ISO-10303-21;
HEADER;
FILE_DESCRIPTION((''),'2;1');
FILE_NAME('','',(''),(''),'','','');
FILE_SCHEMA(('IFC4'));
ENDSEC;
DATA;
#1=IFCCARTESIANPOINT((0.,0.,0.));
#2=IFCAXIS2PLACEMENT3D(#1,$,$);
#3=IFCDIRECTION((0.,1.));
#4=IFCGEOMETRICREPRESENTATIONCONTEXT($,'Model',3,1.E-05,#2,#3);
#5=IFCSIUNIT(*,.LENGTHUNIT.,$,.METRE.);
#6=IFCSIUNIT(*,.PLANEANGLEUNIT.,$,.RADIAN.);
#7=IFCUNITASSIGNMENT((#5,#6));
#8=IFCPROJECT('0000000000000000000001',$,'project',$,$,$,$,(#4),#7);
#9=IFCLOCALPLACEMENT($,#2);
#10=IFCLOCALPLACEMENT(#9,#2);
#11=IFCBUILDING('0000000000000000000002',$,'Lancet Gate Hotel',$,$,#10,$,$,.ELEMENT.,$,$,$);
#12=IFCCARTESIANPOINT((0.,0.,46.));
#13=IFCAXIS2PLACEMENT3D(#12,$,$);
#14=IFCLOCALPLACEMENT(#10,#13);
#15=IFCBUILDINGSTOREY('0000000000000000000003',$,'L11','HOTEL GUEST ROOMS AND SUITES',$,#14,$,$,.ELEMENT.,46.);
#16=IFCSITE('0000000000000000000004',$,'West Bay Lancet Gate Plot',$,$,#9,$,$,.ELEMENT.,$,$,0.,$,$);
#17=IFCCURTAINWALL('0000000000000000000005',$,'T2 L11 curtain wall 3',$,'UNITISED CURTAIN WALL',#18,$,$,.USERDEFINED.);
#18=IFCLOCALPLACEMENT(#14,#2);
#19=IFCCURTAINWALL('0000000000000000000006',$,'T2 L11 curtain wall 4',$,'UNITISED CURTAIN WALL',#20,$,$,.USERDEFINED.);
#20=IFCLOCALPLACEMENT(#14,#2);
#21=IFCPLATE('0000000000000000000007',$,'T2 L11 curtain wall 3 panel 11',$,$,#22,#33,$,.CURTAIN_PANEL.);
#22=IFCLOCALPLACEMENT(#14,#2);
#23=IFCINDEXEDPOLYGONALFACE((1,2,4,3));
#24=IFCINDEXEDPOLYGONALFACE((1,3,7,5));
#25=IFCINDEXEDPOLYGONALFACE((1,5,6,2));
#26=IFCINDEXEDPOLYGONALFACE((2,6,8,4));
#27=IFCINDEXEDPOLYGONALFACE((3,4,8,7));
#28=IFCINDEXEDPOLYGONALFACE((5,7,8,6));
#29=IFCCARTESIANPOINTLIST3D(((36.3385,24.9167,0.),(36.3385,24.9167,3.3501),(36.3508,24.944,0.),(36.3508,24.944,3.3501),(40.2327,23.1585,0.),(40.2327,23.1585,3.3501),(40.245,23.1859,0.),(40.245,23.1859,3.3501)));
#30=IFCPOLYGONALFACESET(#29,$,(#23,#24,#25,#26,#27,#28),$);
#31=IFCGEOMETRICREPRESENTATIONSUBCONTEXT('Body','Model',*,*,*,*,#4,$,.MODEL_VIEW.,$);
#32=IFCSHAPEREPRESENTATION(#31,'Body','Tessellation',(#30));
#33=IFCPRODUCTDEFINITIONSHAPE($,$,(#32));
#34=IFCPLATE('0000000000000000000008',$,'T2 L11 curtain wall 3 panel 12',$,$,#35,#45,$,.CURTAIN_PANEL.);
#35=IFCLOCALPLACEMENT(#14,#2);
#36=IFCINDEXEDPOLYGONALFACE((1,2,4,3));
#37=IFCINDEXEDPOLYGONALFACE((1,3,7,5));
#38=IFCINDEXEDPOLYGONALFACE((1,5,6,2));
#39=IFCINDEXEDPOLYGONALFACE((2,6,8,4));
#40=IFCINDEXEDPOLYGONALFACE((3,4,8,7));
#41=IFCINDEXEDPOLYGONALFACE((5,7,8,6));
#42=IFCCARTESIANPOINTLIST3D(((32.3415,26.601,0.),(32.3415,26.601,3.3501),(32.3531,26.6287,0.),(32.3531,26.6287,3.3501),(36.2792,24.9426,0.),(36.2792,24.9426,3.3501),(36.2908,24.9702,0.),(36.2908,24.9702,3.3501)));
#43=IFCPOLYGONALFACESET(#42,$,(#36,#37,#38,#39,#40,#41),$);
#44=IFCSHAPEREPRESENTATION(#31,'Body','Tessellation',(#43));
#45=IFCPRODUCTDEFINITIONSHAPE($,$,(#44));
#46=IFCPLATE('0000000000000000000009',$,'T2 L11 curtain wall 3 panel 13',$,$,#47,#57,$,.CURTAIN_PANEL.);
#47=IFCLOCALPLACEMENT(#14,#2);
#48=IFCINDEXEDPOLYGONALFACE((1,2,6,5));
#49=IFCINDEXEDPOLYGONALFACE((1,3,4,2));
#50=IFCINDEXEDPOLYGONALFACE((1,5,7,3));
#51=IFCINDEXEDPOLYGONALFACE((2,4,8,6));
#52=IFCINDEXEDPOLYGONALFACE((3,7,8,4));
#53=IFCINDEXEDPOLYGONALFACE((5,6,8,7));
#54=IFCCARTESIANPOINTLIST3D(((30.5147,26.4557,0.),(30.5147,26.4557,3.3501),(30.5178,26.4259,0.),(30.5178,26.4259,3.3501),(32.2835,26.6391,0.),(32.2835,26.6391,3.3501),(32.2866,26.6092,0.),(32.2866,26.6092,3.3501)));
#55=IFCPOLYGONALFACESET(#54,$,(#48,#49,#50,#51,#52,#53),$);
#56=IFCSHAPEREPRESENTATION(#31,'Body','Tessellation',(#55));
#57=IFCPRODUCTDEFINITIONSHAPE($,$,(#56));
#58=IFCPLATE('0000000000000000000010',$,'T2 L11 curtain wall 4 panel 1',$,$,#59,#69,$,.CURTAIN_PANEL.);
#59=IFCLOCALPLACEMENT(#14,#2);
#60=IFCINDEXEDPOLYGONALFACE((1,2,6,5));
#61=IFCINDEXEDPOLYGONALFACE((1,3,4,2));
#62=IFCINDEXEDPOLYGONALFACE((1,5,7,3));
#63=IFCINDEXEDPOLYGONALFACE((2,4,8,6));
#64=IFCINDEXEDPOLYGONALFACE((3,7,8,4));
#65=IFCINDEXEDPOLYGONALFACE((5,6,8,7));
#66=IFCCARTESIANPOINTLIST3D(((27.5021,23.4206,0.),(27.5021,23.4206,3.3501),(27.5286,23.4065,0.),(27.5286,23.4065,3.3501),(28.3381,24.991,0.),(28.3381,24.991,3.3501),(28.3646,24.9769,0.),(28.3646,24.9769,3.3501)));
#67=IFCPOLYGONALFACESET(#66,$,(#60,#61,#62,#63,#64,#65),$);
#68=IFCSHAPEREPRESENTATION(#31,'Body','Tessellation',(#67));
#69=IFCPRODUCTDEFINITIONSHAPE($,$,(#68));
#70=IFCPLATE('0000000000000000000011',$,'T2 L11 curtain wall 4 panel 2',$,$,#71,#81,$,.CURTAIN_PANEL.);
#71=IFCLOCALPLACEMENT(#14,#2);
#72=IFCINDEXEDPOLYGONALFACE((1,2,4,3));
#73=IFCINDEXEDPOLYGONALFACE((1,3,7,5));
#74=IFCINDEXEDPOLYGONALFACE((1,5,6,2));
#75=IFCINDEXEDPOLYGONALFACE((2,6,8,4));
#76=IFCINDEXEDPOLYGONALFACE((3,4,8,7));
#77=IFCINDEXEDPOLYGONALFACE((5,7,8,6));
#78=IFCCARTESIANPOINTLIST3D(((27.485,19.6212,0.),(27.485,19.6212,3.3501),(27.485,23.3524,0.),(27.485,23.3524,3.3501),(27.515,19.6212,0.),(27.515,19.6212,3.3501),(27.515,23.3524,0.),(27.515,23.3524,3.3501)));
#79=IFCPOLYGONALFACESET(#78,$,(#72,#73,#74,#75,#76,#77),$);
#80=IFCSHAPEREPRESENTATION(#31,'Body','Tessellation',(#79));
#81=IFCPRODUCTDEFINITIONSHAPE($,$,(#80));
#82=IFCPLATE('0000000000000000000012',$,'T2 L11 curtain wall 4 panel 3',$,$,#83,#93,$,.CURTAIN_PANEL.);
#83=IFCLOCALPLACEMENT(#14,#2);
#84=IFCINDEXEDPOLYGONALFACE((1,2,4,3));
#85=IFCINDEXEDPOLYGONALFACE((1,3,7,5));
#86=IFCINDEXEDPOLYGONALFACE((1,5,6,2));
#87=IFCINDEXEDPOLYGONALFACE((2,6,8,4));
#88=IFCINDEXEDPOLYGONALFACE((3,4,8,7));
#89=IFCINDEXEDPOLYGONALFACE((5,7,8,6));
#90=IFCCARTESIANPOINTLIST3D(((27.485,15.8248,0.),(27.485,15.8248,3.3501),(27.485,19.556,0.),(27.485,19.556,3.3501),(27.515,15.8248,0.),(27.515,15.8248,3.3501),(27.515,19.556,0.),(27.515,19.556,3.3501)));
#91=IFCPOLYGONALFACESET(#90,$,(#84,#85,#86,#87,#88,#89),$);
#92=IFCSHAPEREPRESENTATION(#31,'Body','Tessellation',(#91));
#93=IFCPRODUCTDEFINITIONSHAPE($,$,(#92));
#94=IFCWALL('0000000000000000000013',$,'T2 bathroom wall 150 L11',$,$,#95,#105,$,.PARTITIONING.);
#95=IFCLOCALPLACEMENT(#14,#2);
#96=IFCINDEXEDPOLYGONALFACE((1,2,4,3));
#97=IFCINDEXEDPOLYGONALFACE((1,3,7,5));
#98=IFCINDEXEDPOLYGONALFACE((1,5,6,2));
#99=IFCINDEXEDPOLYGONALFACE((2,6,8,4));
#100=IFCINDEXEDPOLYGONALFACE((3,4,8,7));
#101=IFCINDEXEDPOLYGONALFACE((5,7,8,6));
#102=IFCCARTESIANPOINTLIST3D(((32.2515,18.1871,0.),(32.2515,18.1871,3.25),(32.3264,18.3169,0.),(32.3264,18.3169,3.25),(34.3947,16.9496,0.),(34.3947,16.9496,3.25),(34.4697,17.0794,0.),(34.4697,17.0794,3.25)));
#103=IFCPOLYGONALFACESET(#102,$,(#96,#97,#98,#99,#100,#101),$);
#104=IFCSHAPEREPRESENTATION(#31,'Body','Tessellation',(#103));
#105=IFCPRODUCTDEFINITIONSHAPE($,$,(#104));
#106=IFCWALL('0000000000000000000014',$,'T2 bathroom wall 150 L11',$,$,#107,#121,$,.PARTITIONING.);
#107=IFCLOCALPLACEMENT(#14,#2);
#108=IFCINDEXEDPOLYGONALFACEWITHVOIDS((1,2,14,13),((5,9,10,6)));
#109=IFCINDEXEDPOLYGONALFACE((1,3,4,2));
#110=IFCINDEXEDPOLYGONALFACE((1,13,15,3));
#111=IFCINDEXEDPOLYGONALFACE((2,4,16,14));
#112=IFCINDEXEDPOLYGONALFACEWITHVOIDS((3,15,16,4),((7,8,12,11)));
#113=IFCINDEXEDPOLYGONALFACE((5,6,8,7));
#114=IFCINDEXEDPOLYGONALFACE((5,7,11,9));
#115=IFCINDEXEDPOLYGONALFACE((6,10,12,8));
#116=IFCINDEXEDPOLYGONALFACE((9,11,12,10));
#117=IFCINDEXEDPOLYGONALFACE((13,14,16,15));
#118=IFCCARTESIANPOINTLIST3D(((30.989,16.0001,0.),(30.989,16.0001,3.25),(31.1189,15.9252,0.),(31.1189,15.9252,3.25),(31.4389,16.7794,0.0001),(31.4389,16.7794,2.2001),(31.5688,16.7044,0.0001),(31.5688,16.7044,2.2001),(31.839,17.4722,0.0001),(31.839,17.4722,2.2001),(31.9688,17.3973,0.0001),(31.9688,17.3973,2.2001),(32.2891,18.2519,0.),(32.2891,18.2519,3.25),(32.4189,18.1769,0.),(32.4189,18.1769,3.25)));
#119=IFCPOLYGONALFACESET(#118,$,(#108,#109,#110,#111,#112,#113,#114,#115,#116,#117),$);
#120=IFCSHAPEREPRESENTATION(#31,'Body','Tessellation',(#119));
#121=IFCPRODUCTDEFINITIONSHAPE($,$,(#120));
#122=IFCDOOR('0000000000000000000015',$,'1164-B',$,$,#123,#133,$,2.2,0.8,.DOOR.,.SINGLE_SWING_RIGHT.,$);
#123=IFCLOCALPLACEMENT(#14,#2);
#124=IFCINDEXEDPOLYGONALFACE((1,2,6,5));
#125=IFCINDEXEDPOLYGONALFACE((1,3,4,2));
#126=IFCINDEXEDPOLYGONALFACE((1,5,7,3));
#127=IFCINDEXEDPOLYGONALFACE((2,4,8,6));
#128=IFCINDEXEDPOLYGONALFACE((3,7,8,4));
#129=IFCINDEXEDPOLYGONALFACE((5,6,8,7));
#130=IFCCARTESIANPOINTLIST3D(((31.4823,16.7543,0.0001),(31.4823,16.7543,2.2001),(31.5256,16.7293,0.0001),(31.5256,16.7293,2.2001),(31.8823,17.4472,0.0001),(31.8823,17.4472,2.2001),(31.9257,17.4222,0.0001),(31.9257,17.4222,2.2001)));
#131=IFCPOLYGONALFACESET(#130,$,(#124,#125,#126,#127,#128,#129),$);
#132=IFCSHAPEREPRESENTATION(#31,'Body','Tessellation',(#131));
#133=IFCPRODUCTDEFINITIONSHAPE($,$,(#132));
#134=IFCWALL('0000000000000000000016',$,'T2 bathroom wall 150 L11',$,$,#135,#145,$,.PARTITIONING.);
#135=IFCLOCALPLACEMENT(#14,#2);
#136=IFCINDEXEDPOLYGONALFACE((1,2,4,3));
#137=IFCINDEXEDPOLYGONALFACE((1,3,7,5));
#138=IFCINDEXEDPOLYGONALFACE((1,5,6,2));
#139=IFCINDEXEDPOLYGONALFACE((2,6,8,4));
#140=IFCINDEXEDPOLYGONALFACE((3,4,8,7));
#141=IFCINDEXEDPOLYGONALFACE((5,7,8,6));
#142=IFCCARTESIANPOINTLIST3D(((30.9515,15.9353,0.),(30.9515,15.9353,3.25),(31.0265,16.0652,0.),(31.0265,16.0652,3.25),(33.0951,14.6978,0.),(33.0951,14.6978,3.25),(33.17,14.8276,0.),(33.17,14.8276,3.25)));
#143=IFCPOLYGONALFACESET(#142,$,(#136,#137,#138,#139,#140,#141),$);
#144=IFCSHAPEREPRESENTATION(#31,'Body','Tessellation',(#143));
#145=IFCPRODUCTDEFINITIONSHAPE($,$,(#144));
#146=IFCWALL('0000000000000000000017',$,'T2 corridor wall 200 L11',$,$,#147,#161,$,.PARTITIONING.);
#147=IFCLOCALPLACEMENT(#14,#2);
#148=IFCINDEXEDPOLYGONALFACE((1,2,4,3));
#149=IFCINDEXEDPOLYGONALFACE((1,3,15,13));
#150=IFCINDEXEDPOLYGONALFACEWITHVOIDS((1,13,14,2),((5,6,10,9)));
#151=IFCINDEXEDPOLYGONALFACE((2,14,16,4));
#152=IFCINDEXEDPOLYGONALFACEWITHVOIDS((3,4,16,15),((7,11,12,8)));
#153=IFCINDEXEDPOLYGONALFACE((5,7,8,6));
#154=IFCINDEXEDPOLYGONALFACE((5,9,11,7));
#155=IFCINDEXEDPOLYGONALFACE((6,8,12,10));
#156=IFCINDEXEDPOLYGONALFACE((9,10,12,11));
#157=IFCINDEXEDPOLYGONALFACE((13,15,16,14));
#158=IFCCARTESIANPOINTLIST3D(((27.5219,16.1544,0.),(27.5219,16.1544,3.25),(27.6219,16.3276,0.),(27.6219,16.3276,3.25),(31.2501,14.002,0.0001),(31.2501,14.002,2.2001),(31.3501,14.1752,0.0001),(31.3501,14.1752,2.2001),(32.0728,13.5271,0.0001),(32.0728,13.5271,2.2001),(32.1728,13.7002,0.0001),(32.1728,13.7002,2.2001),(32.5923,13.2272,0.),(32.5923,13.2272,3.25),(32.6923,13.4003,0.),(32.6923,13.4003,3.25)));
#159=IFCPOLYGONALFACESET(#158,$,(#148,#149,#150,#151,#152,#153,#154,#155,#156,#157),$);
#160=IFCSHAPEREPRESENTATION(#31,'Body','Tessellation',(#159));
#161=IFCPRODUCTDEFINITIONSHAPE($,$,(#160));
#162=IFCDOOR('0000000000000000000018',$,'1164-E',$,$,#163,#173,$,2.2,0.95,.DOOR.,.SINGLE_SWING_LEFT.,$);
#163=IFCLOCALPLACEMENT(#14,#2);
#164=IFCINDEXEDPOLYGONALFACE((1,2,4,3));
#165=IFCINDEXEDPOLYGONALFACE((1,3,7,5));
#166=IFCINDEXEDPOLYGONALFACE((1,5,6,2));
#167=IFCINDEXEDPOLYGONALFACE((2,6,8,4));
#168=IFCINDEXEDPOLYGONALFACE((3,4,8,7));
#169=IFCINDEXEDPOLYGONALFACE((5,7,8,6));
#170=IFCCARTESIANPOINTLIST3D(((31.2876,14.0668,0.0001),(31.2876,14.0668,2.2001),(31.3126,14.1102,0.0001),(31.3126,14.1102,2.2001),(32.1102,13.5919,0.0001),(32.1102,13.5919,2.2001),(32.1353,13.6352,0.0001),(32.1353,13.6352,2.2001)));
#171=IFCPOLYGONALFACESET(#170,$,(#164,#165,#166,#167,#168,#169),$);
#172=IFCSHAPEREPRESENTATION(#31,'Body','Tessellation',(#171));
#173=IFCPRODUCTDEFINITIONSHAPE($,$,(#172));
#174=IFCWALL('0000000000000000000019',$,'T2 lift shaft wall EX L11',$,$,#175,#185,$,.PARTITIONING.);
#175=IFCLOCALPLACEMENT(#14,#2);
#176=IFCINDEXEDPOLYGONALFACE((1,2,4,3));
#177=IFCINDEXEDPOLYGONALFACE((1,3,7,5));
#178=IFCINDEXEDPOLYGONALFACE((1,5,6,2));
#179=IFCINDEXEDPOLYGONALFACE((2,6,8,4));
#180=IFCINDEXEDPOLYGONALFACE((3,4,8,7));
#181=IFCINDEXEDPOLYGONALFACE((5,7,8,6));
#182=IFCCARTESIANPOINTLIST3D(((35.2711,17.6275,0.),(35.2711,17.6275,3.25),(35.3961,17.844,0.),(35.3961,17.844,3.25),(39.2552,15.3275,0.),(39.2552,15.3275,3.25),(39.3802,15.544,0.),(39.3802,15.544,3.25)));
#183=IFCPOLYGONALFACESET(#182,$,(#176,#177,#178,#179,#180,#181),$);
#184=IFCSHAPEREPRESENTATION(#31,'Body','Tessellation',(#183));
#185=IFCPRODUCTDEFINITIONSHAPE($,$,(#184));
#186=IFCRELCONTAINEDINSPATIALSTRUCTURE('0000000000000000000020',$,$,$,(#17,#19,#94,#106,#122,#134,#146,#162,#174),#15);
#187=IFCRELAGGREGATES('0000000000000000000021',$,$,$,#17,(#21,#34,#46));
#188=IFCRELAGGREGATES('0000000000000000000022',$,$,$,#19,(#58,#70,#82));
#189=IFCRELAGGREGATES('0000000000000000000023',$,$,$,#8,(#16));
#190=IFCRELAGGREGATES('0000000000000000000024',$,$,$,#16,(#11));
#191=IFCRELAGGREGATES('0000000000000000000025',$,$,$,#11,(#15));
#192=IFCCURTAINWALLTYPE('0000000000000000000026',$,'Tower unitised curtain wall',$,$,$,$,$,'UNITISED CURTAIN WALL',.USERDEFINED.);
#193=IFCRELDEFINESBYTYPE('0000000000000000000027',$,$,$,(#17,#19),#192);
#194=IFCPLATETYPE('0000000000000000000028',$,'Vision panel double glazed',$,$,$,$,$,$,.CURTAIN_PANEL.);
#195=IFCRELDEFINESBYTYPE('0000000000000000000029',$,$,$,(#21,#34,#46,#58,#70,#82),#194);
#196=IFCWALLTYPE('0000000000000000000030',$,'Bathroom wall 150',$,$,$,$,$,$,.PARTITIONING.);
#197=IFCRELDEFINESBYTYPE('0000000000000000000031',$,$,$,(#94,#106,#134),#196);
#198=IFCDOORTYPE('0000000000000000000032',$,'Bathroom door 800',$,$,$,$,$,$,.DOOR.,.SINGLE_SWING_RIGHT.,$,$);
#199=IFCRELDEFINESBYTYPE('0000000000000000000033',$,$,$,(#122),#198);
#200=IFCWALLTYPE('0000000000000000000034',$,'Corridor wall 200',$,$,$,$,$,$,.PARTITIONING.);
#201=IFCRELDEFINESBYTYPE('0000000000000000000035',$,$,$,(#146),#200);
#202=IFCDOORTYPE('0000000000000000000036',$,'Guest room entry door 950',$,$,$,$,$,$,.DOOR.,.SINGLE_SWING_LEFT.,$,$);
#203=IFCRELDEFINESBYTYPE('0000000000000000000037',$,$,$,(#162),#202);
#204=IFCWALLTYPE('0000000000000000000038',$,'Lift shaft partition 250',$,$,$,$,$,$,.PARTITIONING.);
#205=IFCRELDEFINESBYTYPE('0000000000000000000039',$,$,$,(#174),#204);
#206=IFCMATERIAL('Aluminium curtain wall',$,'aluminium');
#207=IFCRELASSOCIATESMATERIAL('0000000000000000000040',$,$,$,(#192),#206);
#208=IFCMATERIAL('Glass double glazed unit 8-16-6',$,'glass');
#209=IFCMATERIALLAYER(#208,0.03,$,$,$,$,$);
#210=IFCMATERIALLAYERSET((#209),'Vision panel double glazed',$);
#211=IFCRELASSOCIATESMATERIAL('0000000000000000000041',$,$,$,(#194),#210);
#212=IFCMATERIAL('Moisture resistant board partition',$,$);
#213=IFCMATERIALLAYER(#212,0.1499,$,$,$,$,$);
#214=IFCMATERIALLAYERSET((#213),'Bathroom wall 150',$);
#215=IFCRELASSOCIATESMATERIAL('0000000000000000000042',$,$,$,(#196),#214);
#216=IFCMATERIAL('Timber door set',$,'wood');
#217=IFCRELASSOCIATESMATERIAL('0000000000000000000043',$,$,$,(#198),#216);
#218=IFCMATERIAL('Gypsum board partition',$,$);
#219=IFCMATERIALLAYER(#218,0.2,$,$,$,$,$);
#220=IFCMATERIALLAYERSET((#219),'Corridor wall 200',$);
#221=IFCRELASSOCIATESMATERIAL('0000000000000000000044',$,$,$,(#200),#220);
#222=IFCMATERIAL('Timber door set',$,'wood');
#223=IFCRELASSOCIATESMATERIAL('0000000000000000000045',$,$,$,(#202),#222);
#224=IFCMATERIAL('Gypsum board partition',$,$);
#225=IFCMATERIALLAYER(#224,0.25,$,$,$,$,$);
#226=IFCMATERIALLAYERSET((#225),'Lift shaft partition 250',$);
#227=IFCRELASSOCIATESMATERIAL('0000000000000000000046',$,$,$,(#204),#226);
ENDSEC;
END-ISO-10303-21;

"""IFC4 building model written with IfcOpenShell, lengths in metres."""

from ifc_helpers import new_model, si_unit, direction, frame, frame_2d, origin, origin_2d, place, context, subcontext, project, spatial, rectangle, extrude, material, layer, layer_set, type_object, element, fill, aggregate, save


model = new_model("IFC4")

# Units and contexts
model_context = context("Model", 3, precision=1e-05, world=origin(), true_north=direction((0.0, 1.0)))
body_context = subcontext(model_context, "Body", "Model", "MODEL_VIEW")
ifc_project = project(units=[si_unit("LENGTHUNIT", "METRE"), si_unit("PLANEANGLEUNIT", "RADIAN")], contexts=[model_context])

# Site, building, storey
site_placement = place(None, origin())
site = spatial("IfcSite", under=ifc_project, at=site_placement, Name="West Bay Lancet Gate Plot", CompositionType="ELEMENT", RefElevation=0.0)
building_placement = place(site_placement, origin())
building = spatial("IfcBuilding", under=site, at=building_placement, Name="Lancet Gate Hotel", CompositionType="ELEMENT")
storey_placement = place(building_placement, frame((0.0, 0.0, 46.0)))
storey = spatial("IfcBuildingStorey", under=building, at=storey_placement, Name="L11", Description="HOTEL GUEST ROOMS AND SUITES", CompositionType="ELEMENT", Elevation=46.0)

# Curtain walls
ifc_material_1 = material(Name="Aluminium curtain wall", Category="aluminium")
curtain_wall_type = type_object("IfcCurtainWallType", Name="Tower unitised curtain wall", ElementType="UNITISED CURTAIN WALL", PredefinedType="USERDEFINED", material=ifc_material_1)
curtain_wall_1_placement = place(storey_placement, origin())
curtain_wall_1 = element("IfcCurtainWall", 1, at=curtain_wall_1_placement, inside=storey, type_object=curtain_wall_type, Name="T2 L11 curtain wall 3", ObjectType="UNITISED CURTAIN WALL", PredefinedType="USERDEFINED")
curtain_wall_2_placement = place(storey_placement, origin())
curtain_wall_2 = element("IfcCurtainWall", 2, at=curtain_wall_2_placement, inside=storey, type_object=curtain_wall_type, Name="T2 L11 curtain wall 4", ObjectType="UNITISED CURTAIN WALL", PredefinedType="USERDEFINED")

# Plates
ifc_material_2 = material(Name="Glass double glazed unit 8-16-6", Category="glass")
ifc_layer_1 = layer(ifc_material_2, 0.03)
ifc_layer_set_1 = layer_set([ifc_layer_1], Name="Vision panel double glazed")
plate_type = type_object("IfcPlateType", Name="Vision panel double glazed", PredefinedType="CURTAIN_PANEL", material=ifc_layer_set_1)
plate_1_placement = place(storey_placement, frame((38.2917, 24.0513, 0.0), z_axis=(0.0, 0.0, 1.0), x_axis=(-0.911416, 0.411487, 0.0)))
plate_1 = element("IfcPlate", 3, at=plate_1_placement, type_object=plate_type, Name="T2 L11 curtain wall 3 panel 11", PredefinedType="CURTAIN_PANEL", context=body_context, shape_type="SweptSolid", body=[
    extrude(rectangle(XDim=4.2727, YDim=0.03, at=origin_2d()), origin(), (0.0, 0.0, 1.0), 3.3501),
])
plate_2_placement = place(storey_placement, frame((34.3162, 25.7856, 0.0), z_axis=(0.0, 0.0, 1.0), x_axis=(-0.921593, 0.388157, 0.0)))
plate_2 = element("IfcPlate", 4, at=plate_2_placement, type_object=plate_type, Name="T2 L11 curtain wall 3 panel 12", PredefinedType="CURTAIN_PANEL", context=body_context, shape_type="SweptSolid", body=[
    extrude(rectangle(XDim=4.2727, YDim=0.03, at=origin_2d()), origin(), (0.0, 0.0, 1.0), 3.3501),
])
plate_3_placement = place(storey_placement, frame((31.4006, 26.5325, 0.0), z_axis=(0.0, 0.0, 1.0), x_axis=(-0.994672, -0.103088, 0.0)))
plate_3 = element("IfcPlate", 5, at=plate_3_placement, type_object=plate_type, Name="T2 L11 curtain wall 3 panel 13", PredefinedType="CURTAIN_PANEL", context=body_context, shape_type="SweptSolid", body=[
    extrude(rectangle(XDim=1.7783, YDim=0.03, at=origin_2d()), origin(), (0.0, 0.0, 1.0), 3.3501),
])
aggregate(curtain_wall_1, [plate_1, plate_2, plate_3])
plate_4_placement = place(storey_placement, frame((27.9333, 24.1987, 0.0), z_axis=(0.0, 0.0, 1.0), x_axis=(-0.469898, -0.882721, 0.0)))
plate_4 = element("IfcPlate", 6, at=plate_4_placement, type_object=plate_type, Name="T2 L11 curtain wall 4 panel 1", PredefinedType="CURTAIN_PANEL", context=body_context, shape_type="SweptSolid", body=[
    extrude(rectangle(XDim=1.7791, YDim=0.03, at=origin_2d()), origin(), (0.0, 0.0, 1.0), 3.3501),
])
plate_5_placement = place(storey_placement, frame((27.5, 21.4868, 0.0), z_axis=(0.0, 0.0, 1.0), x_axis=(0.0, -1.0, 0.0)))
plate_5 = element("IfcPlate", 7, at=plate_5_placement, type_object=plate_type, Name="T2 L11 curtain wall 4 panel 2", PredefinedType="CURTAIN_PANEL", context=body_context, shape_type="SweptSolid", body=[
    extrude(rectangle(XDim=3.7312, YDim=0.03, at=origin_2d()), origin(), (0.0, 0.0, 1.0), 3.3501),
])
plate_6_placement = place(storey_placement, frame((27.5, 17.6904, 0.0), z_axis=(0.0, 0.0, 1.0), x_axis=(0.0, -1.0, 0.0)))
plate_6 = element("IfcPlate", 8, at=plate_6_placement, type_object=plate_type, Name="T2 L11 curtain wall 4 panel 3", PredefinedType="CURTAIN_PANEL", context=body_context, shape_type="SweptSolid", body=[
    extrude(rectangle(XDim=3.7312, YDim=0.03, at=origin_2d()), origin(), (0.0, 0.0, 1.0), 3.3501),
])
aggregate(curtain_wall_2, [plate_4, plate_5, plate_6])

# Wall
ifc_material_3 = material(Name="Moisture resistant board partition")
ifc_layer_2 = layer(ifc_material_3, 0.1499)
ifc_layer_set_2 = layer_set([ifc_layer_2], Name="Bathroom wall 150")
wall_type_1 = type_object("IfcWallType", Name="Bathroom wall 150", PredefinedType="PARTITIONING", material=ifc_layer_set_2)
wall_1_placement = place(storey_placement, frame((32.2891, 18.252, 0.0), z_axis=(0.0, 0.0, 1.0), x_axis=(0.866007, -0.500033, 0.0)))
element("IfcWall", 9, at=wall_1_placement, inside=storey, type_object=wall_type_1, Name="T2 bathroom wall 150 L11", PredefinedType="PARTITIONING", context=body_context, shape_type="SweptSolid", body=[
    extrude(rectangle(XDim=2.4749, YDim=0.1499, at=frame_2d((1.2373, 0.0))), origin(), (0.0, 0.0, 1.0), 3.25),
])

# Wall, opening, door
wall_2_placement = place(storey_placement, frame((31.054, 15.9626, 0.0), z_axis=(0.0, 0.0, 1.0), x_axis=(0.500007, 0.866021, 0.0)))
wall_2 = element("IfcWall", 10, at=wall_2_placement, inside=storey, type_object=wall_type_1, Name="T2 bathroom wall 150 L11", PredefinedType="PARTITIONING", context=body_context, shape_type="SweptSolid", body=[
    extrude(rectangle(XDim=2.6001, YDim=0.1499, at=frame_2d((1.3, 0.0))), origin(), (0.0, 0.0, 1.0), 3.25),
])
opening_1_placement = place(wall_2_placement, frame((0.8999, 0.0, 0.0)))
opening_1 = element("IfcOpeningElement", 11, at=opening_1_placement, cuts=wall_2, PredefinedType="OPENING", context=body_context, shape_type="SweptSolid", body=[
    extrude(rectangle(XDim=0.8, YDim=2.2, at=frame_2d((0.3999, 1.1001))), frame((0.0, 0.085, 0.0), z_axis=(0.0, -1.0, 0.0), x_axis=(1.0, 0.0, 0.0)), (0.0, 0.0, 1.0), 0.1699),
])
ifc_material_4 = material(Name="Timber door set", Category="wood")
door_type_1 = type_object("IfcDoorType", Name="Bathroom door 800", OperationType="SINGLE_SWING_RIGHT", PredefinedType="DOOR", material=ifc_material_4)
door_1_placement = place(opening_1_placement, origin())
door_1 = element("IfcDoor", 12, at=door_1_placement, inside=storey, type_object=door_type_1, Name="1164-B", OperationType="SINGLE_SWING_RIGHT", OverallHeight=2.2, OverallWidth=0.8, PredefinedType="DOOR", context=body_context, shape_type="SweptSolid", body=[
    extrude(rectangle(XDim=0.8, YDim=2.2, at=frame_2d((0.3999, 1.1001))), frame((0.0, 0.0249, 0.0), z_axis=(0.0, -1.0, 0.0), x_axis=(1.0, 0.0, 0.0)), (0.0, 0.0, 1.0), 0.05),
])
fill(opening_1, door_1)

# Wall
wall_3_placement = place(storey_placement, frame((30.989, 16.0002, 0.0), z_axis=(0.0, 0.0, 1.0), x_axis=(0.866031, -0.49999, 0.0)))
element("IfcWall", 13, at=wall_3_placement, inside=storey, type_object=wall_type_1, Name="T2 bathroom wall 150 L11", PredefinedType="PARTITIONING", context=body_context, shape_type="SweptSolid", body=[
    extrude(rectangle(XDim=2.4751, YDim=0.1499, at=frame_2d((1.2375, 0.0))), origin(), (0.0, 0.0, 1.0), 3.25),
])

# Wall, opening, door
ifc_material_5 = material(Name="Gypsum board partition")
ifc_layer_3 = layer(ifc_material_5, 0.2)
ifc_layer_set_3 = layer_set([ifc_layer_3], Name="Corridor wall 200")
wall_type_2 = type_object("IfcWallType", Name="Corridor wall 200", PredefinedType="PARTITIONING", material=ifc_layer_set_3)
wall_4_placement = place(storey_placement, frame((27.572, 16.241, 0.0), z_axis=(0.0, 0.0, 1.0), x_axis=(0.866033, -0.499987, 0.0)))
wall_4 = element("IfcWall", 14, at=wall_4_placement, inside=storey, type_object=wall_type_2, Name="T2 corridor wall 200 L11", PredefinedType="PARTITIONING", context=body_context, shape_type="SweptSolid", body=[
    extrude(rectangle(XDim=5.8547, YDim=0.2, at=frame_2d((2.9272, 0.0))), origin(), (0.0, 0.0, 1.0), 3.25),
])
opening_2_placement = place(wall_4_placement, frame((4.3047, 0.0, 0.0)))
opening_2 = element("IfcOpeningElement", 15, at=opening_2_placement, cuts=wall_4, PredefinedType="OPENING", context=body_context, shape_type="SweptSolid", body=[
    extrude(rectangle(XDim=0.95, YDim=2.2, at=frame_2d((0.4751, 1.1001))), frame((0.0, 0.1099, 0.0), z_axis=(0.0, -1.0, 0.0), x_axis=(1.0, 0.0, 0.0)), (0.0, 0.0, 1.0), 0.22),
])
ifc_material_6 = material(Name="Timber door set", Category="wood")
door_type_2 = type_object("IfcDoorType", Name="Guest room entry door 950", OperationType="SINGLE_SWING_LEFT", PredefinedType="DOOR", material=ifc_material_6)
door_2_placement = place(opening_2_placement, origin())
door_2 = element("IfcDoor", 16, at=door_2_placement, inside=storey, type_object=door_type_2, Name="1164-E", OperationType="SINGLE_SWING_LEFT", OverallHeight=2.2, OverallWidth=0.95, PredefinedType="DOOR", context=body_context, shape_type="SweptSolid", body=[
    extrude(rectangle(XDim=0.95, YDim=2.2, at=frame_2d((0.4751, 1.1001))), frame((0.0, 0.0249, 0.0), z_axis=(0.0, -1.0, 0.0), x_axis=(1.0, 0.0, 0.0)), (0.0, 0.0, 1.0), 0.05),
])
fill(opening_2, door_2)

# Wall
ifc_material_7 = material(Name="Gypsum board partition")
ifc_layer_4 = layer(ifc_material_7, 0.25)
ifc_layer_set_4 = layer_set([ifc_layer_4], Name="Lift shaft partition 250")
wall_type_3 = type_object("IfcWallType", Name="Lift shaft partition 250", PredefinedType="PARTITIONING", material=ifc_layer_set_4)
wall_5_placement = place(storey_placement, frame((35.3335, 17.7358, 0.0), z_axis=(0.0, 0.0, 1.0), x_axis=(0.866043, -0.499969, 0.0)))
element("IfcWall", 17, at=wall_5_placement, inside=storey, type_object=wall_type_3, Name="T2 lift shaft wall EX L11", PredefinedType="PARTITIONING", context=body_context, shape_type="SweptSolid", body=[
    extrude(rectangle(XDim=4.6003, YDim=0.25, at=frame_2d((2.3003, 0.0))), origin(), (0.0, 0.0, 1.0), 3.25),
])

save(model, "model.ifc")
